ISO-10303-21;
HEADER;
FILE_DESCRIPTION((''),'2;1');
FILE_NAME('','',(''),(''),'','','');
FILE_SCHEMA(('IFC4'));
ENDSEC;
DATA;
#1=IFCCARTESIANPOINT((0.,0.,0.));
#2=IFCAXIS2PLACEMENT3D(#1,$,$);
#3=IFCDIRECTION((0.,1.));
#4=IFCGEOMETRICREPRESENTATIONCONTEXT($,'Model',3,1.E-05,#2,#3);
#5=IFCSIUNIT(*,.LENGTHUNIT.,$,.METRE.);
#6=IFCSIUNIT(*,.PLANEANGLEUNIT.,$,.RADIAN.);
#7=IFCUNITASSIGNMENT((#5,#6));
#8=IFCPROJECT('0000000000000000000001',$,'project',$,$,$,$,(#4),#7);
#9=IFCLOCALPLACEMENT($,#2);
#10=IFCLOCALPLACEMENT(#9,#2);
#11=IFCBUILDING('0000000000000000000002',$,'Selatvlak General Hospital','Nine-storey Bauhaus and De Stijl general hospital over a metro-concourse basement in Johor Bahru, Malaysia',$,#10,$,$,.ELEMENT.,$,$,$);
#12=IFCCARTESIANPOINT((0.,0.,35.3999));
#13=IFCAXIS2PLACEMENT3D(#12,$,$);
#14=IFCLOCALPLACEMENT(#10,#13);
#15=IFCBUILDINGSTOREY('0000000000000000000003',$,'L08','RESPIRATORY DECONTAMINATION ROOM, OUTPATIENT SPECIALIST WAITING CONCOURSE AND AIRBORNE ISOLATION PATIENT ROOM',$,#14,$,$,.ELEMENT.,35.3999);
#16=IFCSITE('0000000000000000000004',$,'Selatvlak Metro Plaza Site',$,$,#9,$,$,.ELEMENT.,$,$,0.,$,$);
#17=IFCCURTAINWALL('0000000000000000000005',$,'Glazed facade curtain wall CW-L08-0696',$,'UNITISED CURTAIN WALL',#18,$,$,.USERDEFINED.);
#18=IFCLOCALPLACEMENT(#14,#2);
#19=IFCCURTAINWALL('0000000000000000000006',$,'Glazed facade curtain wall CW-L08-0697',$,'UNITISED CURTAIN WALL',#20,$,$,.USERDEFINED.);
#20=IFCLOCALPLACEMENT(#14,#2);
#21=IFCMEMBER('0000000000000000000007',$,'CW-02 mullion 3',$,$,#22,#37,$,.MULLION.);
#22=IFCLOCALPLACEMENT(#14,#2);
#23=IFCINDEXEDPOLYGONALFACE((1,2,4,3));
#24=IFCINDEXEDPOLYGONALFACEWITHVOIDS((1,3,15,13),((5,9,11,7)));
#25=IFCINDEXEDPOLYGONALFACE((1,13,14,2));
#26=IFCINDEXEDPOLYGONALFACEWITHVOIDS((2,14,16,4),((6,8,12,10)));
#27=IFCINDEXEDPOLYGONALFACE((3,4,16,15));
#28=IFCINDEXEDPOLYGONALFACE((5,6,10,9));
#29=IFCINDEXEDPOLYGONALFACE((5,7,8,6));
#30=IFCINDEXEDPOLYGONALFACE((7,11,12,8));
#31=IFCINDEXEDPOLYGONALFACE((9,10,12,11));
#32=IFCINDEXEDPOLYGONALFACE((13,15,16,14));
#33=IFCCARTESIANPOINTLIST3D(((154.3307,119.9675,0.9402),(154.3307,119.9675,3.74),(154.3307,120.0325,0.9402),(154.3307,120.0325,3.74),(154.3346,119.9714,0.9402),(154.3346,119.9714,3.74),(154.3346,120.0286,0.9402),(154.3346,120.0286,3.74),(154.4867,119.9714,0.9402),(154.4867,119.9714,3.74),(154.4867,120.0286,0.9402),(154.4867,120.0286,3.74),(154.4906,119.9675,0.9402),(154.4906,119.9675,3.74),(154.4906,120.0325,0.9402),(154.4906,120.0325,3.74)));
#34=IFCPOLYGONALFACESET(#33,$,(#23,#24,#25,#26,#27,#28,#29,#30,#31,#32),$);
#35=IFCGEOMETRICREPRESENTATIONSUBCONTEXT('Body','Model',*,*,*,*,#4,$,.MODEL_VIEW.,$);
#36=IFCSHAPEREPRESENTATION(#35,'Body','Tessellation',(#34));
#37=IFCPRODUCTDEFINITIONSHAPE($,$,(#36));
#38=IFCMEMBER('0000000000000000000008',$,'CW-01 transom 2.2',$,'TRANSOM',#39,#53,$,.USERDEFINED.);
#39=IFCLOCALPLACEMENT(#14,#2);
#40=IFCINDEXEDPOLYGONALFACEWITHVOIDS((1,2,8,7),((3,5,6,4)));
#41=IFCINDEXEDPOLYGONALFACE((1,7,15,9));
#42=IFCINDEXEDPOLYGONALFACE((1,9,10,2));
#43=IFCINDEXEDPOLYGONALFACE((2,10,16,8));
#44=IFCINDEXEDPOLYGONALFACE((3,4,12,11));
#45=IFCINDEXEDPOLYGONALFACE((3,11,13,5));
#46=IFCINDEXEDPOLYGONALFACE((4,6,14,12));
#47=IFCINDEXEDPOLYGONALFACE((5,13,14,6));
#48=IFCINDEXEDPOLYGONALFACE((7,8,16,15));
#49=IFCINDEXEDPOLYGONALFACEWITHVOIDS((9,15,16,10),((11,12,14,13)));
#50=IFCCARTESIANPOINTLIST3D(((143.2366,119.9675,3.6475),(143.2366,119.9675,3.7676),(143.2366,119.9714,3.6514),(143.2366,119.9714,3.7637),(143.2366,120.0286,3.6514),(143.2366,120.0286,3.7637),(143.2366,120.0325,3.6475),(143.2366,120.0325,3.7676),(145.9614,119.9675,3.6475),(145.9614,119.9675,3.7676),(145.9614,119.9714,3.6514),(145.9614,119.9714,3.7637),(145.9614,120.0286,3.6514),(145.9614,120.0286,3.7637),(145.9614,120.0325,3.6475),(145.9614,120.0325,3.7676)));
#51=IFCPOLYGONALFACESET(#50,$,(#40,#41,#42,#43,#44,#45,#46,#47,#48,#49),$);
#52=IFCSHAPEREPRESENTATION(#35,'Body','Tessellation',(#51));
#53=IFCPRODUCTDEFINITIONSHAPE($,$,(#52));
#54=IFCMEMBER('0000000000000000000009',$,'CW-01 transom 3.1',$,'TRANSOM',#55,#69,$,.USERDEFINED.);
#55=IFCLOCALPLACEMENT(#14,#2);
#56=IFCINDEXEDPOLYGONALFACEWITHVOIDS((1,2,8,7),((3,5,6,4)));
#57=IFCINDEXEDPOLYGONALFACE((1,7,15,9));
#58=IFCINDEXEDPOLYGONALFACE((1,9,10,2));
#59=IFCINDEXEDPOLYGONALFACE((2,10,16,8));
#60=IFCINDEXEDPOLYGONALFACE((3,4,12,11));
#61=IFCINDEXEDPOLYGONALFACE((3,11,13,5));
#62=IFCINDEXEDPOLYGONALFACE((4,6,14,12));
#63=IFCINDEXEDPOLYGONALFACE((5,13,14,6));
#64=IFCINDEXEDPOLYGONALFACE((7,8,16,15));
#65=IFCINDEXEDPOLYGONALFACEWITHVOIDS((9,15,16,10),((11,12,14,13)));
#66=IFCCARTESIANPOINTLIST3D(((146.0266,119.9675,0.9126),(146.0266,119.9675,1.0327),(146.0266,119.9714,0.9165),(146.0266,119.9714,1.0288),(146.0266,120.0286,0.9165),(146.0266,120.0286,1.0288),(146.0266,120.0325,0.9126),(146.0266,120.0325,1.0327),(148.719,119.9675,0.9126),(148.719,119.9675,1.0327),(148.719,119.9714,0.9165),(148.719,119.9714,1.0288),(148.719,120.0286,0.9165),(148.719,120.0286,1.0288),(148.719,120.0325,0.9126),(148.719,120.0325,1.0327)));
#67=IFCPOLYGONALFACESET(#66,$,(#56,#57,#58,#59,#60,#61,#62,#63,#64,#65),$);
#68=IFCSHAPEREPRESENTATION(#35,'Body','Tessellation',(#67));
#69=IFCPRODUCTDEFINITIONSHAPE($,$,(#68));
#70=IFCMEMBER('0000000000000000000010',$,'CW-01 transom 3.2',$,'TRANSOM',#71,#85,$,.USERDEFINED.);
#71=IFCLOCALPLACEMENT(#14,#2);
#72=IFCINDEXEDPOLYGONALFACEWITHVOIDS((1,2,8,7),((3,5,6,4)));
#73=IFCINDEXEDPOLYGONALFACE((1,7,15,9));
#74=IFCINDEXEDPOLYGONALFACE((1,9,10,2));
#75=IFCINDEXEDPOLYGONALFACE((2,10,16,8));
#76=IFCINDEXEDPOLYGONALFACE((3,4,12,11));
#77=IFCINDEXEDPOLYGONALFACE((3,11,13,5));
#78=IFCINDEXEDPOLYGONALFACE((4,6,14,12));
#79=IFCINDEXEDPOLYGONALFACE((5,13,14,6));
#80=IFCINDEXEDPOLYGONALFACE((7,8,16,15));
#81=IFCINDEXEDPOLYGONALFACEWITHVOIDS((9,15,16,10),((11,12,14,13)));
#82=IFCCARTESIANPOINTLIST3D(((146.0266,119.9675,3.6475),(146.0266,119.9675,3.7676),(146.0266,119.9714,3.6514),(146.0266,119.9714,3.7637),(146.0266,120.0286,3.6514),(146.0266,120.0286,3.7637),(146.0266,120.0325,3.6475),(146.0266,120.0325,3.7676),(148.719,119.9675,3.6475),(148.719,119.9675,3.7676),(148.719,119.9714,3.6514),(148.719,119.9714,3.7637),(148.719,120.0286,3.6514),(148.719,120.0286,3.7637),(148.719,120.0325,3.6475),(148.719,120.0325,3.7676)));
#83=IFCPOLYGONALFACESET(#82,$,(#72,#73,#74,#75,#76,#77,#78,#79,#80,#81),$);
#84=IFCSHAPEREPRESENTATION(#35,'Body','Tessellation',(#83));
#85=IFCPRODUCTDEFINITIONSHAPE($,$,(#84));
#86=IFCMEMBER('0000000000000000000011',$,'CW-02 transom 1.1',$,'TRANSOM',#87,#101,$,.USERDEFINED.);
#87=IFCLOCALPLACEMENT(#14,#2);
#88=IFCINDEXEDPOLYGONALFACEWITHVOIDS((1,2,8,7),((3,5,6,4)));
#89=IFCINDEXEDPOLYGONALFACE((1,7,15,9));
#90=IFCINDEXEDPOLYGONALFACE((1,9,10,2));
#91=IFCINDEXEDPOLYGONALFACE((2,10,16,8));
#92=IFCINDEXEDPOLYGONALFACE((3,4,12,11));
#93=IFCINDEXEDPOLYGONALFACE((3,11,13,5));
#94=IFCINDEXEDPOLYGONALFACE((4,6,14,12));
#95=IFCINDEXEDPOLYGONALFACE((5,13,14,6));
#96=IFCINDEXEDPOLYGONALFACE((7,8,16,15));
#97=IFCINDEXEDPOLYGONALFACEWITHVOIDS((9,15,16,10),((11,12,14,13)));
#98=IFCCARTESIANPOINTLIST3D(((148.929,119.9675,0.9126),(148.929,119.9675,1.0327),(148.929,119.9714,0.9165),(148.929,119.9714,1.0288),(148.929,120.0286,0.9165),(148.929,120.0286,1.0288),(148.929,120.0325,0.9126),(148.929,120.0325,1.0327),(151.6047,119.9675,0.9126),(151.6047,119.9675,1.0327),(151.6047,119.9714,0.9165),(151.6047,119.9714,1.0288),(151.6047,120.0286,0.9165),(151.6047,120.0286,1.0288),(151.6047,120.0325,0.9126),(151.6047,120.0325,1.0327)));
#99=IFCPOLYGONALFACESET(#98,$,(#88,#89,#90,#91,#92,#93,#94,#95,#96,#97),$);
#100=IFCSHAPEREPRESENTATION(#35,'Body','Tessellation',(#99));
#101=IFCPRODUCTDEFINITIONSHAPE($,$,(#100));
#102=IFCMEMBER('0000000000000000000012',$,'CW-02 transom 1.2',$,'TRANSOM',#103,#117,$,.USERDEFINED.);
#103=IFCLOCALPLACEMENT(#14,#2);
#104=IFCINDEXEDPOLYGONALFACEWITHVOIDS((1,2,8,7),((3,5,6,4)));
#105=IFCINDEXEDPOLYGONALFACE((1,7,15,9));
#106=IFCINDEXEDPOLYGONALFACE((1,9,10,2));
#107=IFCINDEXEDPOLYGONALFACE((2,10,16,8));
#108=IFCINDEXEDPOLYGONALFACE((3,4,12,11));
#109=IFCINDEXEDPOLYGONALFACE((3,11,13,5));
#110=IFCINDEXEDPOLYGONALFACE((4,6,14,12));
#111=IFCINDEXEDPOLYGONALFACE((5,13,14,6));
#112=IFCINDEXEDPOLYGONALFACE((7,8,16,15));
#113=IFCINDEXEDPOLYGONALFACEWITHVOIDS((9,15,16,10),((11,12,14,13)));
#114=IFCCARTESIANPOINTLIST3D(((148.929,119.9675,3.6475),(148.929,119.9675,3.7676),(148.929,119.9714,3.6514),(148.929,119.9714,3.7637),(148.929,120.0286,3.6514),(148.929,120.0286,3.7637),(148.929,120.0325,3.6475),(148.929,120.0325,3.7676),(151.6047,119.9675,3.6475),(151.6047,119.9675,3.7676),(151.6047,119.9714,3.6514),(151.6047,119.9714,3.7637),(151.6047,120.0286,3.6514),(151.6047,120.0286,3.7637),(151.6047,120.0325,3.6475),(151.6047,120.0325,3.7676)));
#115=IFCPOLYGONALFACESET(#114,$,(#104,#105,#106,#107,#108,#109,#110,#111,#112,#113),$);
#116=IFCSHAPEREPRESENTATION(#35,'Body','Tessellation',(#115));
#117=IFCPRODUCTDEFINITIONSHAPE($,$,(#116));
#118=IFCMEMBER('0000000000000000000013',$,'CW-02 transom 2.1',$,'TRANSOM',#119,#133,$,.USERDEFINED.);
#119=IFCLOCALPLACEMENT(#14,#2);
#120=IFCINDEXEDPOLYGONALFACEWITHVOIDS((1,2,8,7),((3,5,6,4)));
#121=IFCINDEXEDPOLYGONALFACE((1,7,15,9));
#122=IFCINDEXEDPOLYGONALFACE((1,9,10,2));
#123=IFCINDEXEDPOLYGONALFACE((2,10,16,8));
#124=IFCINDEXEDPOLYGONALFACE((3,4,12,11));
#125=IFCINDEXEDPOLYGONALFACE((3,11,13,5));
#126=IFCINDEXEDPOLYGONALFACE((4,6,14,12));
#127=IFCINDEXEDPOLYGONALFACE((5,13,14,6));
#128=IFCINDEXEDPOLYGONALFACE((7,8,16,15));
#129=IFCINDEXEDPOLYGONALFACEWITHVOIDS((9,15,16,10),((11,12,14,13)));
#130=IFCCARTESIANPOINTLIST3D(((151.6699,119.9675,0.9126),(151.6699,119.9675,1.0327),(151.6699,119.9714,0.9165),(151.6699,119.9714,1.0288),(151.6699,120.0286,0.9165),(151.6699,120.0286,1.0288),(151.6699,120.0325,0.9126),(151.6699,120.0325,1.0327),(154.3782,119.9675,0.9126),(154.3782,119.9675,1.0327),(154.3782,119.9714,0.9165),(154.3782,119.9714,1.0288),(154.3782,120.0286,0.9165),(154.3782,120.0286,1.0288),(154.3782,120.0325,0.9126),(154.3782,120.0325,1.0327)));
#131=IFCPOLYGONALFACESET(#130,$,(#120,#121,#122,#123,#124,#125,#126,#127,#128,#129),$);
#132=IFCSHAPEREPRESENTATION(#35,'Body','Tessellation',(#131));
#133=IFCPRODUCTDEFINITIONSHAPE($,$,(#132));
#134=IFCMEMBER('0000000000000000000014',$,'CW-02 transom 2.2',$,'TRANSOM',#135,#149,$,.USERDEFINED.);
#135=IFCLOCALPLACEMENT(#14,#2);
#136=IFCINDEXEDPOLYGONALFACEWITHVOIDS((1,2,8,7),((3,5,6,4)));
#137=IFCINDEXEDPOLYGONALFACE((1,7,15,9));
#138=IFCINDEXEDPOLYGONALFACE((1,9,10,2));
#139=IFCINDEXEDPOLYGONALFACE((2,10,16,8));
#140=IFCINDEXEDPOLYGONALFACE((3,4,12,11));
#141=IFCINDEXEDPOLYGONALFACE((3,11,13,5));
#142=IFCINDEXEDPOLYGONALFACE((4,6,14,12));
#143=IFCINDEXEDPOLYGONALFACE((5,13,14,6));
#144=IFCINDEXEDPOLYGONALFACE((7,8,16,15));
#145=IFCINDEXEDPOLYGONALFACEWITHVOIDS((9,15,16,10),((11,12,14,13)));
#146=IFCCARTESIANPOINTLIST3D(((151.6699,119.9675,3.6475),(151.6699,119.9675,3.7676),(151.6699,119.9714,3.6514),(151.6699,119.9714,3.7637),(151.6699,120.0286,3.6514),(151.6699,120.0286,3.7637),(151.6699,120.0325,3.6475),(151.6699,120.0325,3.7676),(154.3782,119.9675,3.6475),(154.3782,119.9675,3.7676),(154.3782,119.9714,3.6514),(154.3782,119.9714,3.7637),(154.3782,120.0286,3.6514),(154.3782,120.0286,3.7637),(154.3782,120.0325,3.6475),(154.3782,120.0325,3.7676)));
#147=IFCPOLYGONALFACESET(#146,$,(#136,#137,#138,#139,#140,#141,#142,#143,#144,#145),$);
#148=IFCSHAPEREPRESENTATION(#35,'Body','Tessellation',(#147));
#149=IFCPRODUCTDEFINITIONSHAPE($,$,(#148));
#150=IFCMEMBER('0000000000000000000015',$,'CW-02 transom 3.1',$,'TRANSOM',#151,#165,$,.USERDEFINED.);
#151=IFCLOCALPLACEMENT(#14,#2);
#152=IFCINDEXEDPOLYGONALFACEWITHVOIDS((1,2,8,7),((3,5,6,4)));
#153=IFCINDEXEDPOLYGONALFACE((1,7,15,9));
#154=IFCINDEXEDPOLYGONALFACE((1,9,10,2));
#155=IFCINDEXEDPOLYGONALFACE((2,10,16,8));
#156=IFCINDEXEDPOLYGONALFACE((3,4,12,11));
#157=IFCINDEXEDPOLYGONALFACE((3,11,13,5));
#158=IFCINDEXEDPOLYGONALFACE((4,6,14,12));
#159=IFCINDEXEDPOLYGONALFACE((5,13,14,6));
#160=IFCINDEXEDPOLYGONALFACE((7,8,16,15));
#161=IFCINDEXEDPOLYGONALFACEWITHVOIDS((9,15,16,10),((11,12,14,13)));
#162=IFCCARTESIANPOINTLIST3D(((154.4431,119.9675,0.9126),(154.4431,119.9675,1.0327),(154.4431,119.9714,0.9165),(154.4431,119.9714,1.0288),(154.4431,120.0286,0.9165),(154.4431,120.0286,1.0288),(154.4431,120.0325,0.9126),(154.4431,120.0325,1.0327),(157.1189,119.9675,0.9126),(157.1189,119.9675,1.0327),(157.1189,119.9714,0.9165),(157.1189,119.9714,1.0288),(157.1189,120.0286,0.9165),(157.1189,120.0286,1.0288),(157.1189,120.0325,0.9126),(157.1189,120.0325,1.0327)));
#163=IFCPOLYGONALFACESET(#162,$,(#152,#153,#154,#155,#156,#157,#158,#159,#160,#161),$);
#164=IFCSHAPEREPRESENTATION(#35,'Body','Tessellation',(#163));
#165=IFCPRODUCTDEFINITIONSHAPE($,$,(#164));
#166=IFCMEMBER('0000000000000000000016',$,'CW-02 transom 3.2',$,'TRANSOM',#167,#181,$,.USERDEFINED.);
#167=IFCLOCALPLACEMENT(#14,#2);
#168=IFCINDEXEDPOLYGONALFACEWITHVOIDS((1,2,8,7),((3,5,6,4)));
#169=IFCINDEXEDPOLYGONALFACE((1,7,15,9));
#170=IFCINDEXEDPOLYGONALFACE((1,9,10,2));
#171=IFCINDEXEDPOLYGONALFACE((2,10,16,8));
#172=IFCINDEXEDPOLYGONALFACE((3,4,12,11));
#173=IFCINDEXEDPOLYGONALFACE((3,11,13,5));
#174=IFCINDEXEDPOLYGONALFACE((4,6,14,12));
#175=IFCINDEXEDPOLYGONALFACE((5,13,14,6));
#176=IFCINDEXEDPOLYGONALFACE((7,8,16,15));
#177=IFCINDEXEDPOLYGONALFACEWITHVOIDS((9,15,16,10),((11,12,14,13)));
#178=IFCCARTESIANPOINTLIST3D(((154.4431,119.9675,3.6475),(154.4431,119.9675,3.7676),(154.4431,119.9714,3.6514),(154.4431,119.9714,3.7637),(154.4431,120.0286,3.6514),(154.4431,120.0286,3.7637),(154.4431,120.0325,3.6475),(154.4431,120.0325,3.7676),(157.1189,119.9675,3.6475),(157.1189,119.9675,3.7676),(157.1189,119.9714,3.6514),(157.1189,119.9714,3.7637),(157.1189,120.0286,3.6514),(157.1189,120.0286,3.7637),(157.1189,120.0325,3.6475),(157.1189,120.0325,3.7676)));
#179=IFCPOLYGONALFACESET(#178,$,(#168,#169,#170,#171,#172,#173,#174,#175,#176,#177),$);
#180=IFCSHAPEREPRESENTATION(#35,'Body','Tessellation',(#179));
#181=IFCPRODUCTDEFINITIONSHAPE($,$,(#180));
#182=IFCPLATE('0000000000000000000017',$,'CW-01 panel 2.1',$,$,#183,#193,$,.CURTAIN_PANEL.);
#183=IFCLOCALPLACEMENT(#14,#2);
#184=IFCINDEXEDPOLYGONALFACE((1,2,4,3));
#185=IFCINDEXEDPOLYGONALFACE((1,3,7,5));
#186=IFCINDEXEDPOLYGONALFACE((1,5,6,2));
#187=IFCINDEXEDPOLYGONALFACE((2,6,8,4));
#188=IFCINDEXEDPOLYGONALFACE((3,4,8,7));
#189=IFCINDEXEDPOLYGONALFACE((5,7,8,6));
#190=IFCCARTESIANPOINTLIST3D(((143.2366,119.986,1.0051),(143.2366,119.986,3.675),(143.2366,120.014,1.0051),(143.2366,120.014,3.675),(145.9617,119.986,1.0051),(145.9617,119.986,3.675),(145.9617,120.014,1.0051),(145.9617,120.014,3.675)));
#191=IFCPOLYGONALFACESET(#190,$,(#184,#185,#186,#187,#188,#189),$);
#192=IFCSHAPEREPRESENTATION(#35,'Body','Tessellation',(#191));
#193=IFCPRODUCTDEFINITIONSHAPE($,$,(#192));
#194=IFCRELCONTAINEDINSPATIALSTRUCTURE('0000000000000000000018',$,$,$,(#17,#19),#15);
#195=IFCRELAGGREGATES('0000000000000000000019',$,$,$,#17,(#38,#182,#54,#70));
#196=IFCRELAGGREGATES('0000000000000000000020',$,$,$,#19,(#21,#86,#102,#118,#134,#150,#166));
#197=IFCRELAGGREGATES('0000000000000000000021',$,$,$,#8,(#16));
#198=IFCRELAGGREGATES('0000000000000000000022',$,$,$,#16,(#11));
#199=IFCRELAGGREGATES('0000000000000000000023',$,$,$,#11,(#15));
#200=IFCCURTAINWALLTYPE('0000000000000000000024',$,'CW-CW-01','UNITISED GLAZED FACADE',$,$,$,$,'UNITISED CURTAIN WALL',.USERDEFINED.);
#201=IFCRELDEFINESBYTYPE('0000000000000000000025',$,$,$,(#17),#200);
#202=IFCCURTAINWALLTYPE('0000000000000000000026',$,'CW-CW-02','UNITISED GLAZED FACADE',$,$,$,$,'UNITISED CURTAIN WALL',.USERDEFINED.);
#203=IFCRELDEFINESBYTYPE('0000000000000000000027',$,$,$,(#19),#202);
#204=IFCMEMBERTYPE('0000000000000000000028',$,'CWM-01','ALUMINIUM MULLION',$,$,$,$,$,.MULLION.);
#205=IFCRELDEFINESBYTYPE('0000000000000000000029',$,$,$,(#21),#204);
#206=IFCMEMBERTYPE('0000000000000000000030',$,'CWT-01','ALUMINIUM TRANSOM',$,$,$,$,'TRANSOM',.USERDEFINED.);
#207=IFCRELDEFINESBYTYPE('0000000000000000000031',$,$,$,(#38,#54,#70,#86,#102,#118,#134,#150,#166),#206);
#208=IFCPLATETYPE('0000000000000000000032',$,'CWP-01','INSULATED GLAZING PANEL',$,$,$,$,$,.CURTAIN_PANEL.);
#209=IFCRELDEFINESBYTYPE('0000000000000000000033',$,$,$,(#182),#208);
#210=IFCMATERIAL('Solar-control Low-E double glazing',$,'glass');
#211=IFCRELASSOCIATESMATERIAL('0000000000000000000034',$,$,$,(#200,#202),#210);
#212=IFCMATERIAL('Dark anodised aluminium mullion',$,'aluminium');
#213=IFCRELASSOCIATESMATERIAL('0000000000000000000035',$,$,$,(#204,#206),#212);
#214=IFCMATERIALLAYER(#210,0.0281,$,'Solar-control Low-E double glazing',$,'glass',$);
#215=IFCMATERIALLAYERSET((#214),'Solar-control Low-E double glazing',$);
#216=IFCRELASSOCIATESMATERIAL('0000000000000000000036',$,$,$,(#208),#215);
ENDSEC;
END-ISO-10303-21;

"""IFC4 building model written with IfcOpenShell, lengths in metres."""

from ifc_helpers import new_model, si_unit, direction, frame, origin, origin_2d, place, context, subcontext, project, spatial, rectangle, hollow_rectangle, extrude, material, layer, layer_set, material_profile, profile_set, type_object, element, aggregate, save


model = new_model("IFC4")

# Units and contexts
model_context = context("Model", 3, precision=1e-05, world=origin(), true_north=direction((0.0, 1.0)))
body_context = subcontext(model_context, "Body", "Model", "MODEL_VIEW")
ifc_project = project(units=[si_unit("LENGTHUNIT", "METRE"), si_unit("PLANEANGLEUNIT", "RADIAN")], contexts=[model_context])

# Site, building, storey
site_placement = place(None, origin())
site = spatial("IfcSite", under=ifc_project, at=site_placement, Name="Selatvlak Metro Plaza Site", CompositionType="ELEMENT", RefElevation=0.0)
building_placement = place(site_placement, origin())
building = spatial("IfcBuilding", under=site, at=building_placement, Name="Selatvlak General Hospital", Description="Nine-storey Bauhaus and De Stijl general hospital over a metro-concourse basement in Johor Bahru, Malaysia", CompositionType="ELEMENT")
storey_placement = place(building_placement, frame((0.0, 0.0, 35.3999)))
storey = spatial("IfcBuildingStorey", under=building, at=storey_placement, Name="L08", Description="RESPIRATORY DECONTAMINATION ROOM, OUTPATIENT SPECIALIST WAITING CONCOURSE AND AIRBORNE ISOLATION PATIENT ROOM", CompositionType="ELEMENT", Elevation=35.3999)

# Curtain walls, member
ifc_material_1 = material(Name="Solar-control Low-E double glazing", Category="glass")
curtain_wall_type_1 = type_object("IfcCurtainWallType", Name="CW-CW-01", Description="UNITISED GLAZED FACADE", ElementType="UNITISED CURTAIN WALL", PredefinedType="USERDEFINED", material=ifc_material_1)
curtain_wall_1_placement = place(storey_placement, origin())
curtain_wall_1 = element("IfcCurtainWall", 1, at=curtain_wall_1_placement, inside=storey, type_object=curtain_wall_type_1, Name="Glazed facade curtain wall CW-L08-0696", ObjectType="UNITISED CURTAIN WALL", PredefinedType="USERDEFINED")
ifc_material_2 = material(Name="Dark anodised aluminium mullion", Category="aluminium")
ifc_material_profile_1 = material_profile(ifc_material_2, hollow_rectangle(XDim=0.0649, YDim=0.1599, WallThickness=0.0039, at=origin_2d()), Name="AL-MUL 65x160x4")
ifc_profile_set_1 = profile_set([ifc_material_profile_1], Name="Dark anodised aluminium mullion")
member_type_1 = type_object("IfcMemberType", Name="CWM-01", Description="ALUMINIUM MULLION", PredefinedType="MULLION", material=ifc_profile_set_1)
curtain_wall_type_2 = type_object("IfcCurtainWallType", Name="CW-CW-02", Description="UNITISED GLAZED FACADE", ElementType="UNITISED CURTAIN WALL", PredefinedType="USERDEFINED", material=ifc_material_1)
curtain_wall_2_placement = place(storey_placement, origin())
curtain_wall_2 = element("IfcCurtainWall", 2, at=curtain_wall_2_placement, inside=storey, type_object=curtain_wall_type_2, Name="Glazed facade curtain wall CW-L08-0697", ObjectType="UNITISED CURTAIN WALL", PredefinedType="USERDEFINED")
member_1_placement = place(storey_placement, frame((154.4106, 120.0, 0.9402), z_axis=(0.0, 0.0, 1.0), x_axis=(0.0, 1.0, 0.0)))
member_1 = element("IfcMember", 3, at=member_1_placement, type_object=member_type_1, Name="CW-02 mullion 3", PredefinedType="MULLION", context=body_context, shape_type="SweptSolid", body=[
    extrude(hollow_rectangle(XDim=0.0649, YDim=0.1599, WallThickness=0.0039, at=origin_2d()), origin(), (0.0, 0.0, 1.0), 2.7998),
])

# Members
ifc_material_profile_2 = material_profile(ifc_material_2, hollow_rectangle(XDim=0.0649, YDim=0.1201, WallThickness=0.0039, at=origin_2d()), Name="AL-TRN 65x120x4")
ifc_profile_set_2 = profile_set([ifc_material_profile_2], Name="Dark anodised aluminium mullion")
member_type_2 = type_object("IfcMemberType", Name="CWT-01", Description="ALUMINIUM TRANSOM", ElementType="TRANSOM", PredefinedType="USERDEFINED", material=ifc_profile_set_2)
member_2_placement = place(storey_placement, frame((143.2366, 120.0, 3.7075), z_axis=(1.0, 0.0, 0.0), x_axis=(0.0, 1.0, 0.0)))
member_2 = element("IfcMember", 4, at=member_2_placement, type_object=member_type_2, Name="CW-01 transom 2.2", ObjectType="TRANSOM", PredefinedType="USERDEFINED", context=body_context, shape_type="SweptSolid", body=[
    extrude(hollow_rectangle(XDim=0.0649, YDim=0.1201, WallThickness=0.0039, at=origin_2d()), origin(), (0.0, 0.0, 1.0), 2.7249),
])
member_3_placement = place(storey_placement, frame((146.0266, 120.0, 0.9727), z_axis=(1.0, 0.0, 0.0), x_axis=(0.0, 1.0, 0.0)))
member_3 = element("IfcMember", 5, at=member_3_placement, type_object=member_type_2, Name="CW-01 transom 3.1", ObjectType="TRANSOM", PredefinedType="USERDEFINED", context=body_context, shape_type="SweptSolid", body=[
    extrude(hollow_rectangle(XDim=0.0649, YDim=0.1201, WallThickness=0.0039, at=origin_2d()), origin(), (0.0, 0.0, 1.0), 2.6924),
])
member_4_placement = place(storey_placement, frame((146.0266, 120.0, 3.7075), z_axis=(1.0, 0.0, 0.0), x_axis=(0.0, 1.0, 0.0)))
member_4 = element("IfcMember", 6, at=member_4_placement, type_object=member_type_2, Name="CW-01 transom 3.2", ObjectType="TRANSOM", PredefinedType="USERDEFINED", context=body_context, shape_type="SweptSolid", body=[
    extrude(hollow_rectangle(XDim=0.0649, YDim=0.1201, WallThickness=0.0039, at=origin_2d()), origin(), (0.0, 0.0, 1.0), 2.6924),
])
member_5_placement = place(storey_placement, frame((148.929, 120.0, 0.9727), z_axis=(1.0, 0.0, 0.0), x_axis=(0.0, 1.0, 0.0)))
member_5 = element("IfcMember", 7, at=member_5_placement, type_object=member_type_2, Name="CW-02 transom 1.1", ObjectType="TRANSOM", PredefinedType="USERDEFINED", context=body_context, shape_type="SweptSolid", body=[
    extrude(hollow_rectangle(XDim=0.0649, YDim=0.1201, WallThickness=0.0039, at=origin_2d()), origin(), (0.0, 0.0, 1.0), 2.6758),
])
member_6_placement = place(storey_placement, frame((148.929, 120.0, 3.7075), z_axis=(1.0, 0.0, 0.0), x_axis=(0.0, 1.0, 0.0)))
member_6 = element("IfcMember", 8, at=member_6_placement, type_object=member_type_2, Name="CW-02 transom 1.2", ObjectType="TRANSOM", PredefinedType="USERDEFINED", context=body_context, shape_type="SweptSolid", body=[
    extrude(hollow_rectangle(XDim=0.0649, YDim=0.1201, WallThickness=0.0039, at=origin_2d()), origin(), (0.0, 0.0, 1.0), 2.6758),
])
member_7_placement = place(storey_placement, frame((151.6699, 120.0, 0.9727), z_axis=(1.0, 0.0, 0.0), x_axis=(0.0, 1.0, 0.0)))
member_7 = element("IfcMember", 9, at=member_7_placement, type_object=member_type_2, Name="CW-02 transom 2.1", ObjectType="TRANSOM", PredefinedType="USERDEFINED", context=body_context, shape_type="SweptSolid", body=[
    extrude(hollow_rectangle(XDim=0.0649, YDim=0.1201, WallThickness=0.0039, at=origin_2d()), origin(), (0.0, 0.0, 1.0), 2.7083),
])
member_8_placement = place(storey_placement, frame((151.6699, 120.0, 3.7075), z_axis=(1.0, 0.0, 0.0), x_axis=(0.0, 1.0, 0.0)))
member_8 = element("IfcMember", 10, at=member_8_placement, type_object=member_type_2, Name="CW-02 transom 2.2", ObjectType="TRANSOM", PredefinedType="USERDEFINED", context=body_context, shape_type="SweptSolid", body=[
    extrude(hollow_rectangle(XDim=0.0649, YDim=0.1201, WallThickness=0.0039, at=origin_2d()), origin(), (0.0, 0.0, 1.0), 2.7083),
])
member_9_placement = place(storey_placement, frame((154.4431, 120.0, 0.9727), z_axis=(1.0, 0.0, 0.0), x_axis=(0.0, 1.0, 0.0)))
member_9 = element("IfcMember", 11, at=member_9_placement, type_object=member_type_2, Name="CW-02 transom 3.1", ObjectType="TRANSOM", PredefinedType="USERDEFINED", context=body_context, shape_type="SweptSolid", body=[
    extrude(hollow_rectangle(XDim=0.0649, YDim=0.1201, WallThickness=0.0039, at=origin_2d()), origin(), (0.0, 0.0, 1.0), 2.6758),
])
member_10_placement = place(storey_placement, frame((154.4431, 120.0, 3.7075), z_axis=(1.0, 0.0, 0.0), x_axis=(0.0, 1.0, 0.0)))
member_10 = element("IfcMember", 12, at=member_10_placement, type_object=member_type_2, Name="CW-02 transom 3.2", ObjectType="TRANSOM", PredefinedType="USERDEFINED", context=body_context, shape_type="SweptSolid", body=[
    extrude(hollow_rectangle(XDim=0.0649, YDim=0.1201, WallThickness=0.0039, at=origin_2d()), origin(), (0.0, 0.0, 1.0), 2.6758),
])

# Plate
ifc_layer_1 = layer(ifc_material_1, 0.0281, Name="Solar-control Low-E double glazing", Category="glass")
ifc_layer_set_1 = layer_set([ifc_layer_1], Name="Solar-control Low-E double glazing")
plate_type = type_object("IfcPlateType", Name="CWP-01", Description="INSULATED GLAZING PANEL", PredefinedType="CURTAIN_PANEL", material=ifc_layer_set_1)
plate_1_placement = place(storey_placement, frame((144.5991, 120.0, 1.0051), z_axis=(0.0, 0.0, 1.0), x_axis=(1.0, 0.0, 0.0)))
plate_1 = element("IfcPlate", 13, at=plate_1_placement, type_object=plate_type, Name="CW-01 panel 2.1", PredefinedType="CURTAIN_PANEL", context=body_context, shape_type="SweptSolid", body=[
    extrude(rectangle(XDim=2.7251, YDim=0.0281, at=origin_2d()), origin(), (0.0, 0.0, 1.0), 2.6699),
])
aggregate(curtain_wall_1, [member_2, plate_1, member_3, member_4])
aggregate(curtain_wall_2, [member_1, member_5, member_6, member_7, member_8, member_9, member_10])

save(model, "model.ifc")
